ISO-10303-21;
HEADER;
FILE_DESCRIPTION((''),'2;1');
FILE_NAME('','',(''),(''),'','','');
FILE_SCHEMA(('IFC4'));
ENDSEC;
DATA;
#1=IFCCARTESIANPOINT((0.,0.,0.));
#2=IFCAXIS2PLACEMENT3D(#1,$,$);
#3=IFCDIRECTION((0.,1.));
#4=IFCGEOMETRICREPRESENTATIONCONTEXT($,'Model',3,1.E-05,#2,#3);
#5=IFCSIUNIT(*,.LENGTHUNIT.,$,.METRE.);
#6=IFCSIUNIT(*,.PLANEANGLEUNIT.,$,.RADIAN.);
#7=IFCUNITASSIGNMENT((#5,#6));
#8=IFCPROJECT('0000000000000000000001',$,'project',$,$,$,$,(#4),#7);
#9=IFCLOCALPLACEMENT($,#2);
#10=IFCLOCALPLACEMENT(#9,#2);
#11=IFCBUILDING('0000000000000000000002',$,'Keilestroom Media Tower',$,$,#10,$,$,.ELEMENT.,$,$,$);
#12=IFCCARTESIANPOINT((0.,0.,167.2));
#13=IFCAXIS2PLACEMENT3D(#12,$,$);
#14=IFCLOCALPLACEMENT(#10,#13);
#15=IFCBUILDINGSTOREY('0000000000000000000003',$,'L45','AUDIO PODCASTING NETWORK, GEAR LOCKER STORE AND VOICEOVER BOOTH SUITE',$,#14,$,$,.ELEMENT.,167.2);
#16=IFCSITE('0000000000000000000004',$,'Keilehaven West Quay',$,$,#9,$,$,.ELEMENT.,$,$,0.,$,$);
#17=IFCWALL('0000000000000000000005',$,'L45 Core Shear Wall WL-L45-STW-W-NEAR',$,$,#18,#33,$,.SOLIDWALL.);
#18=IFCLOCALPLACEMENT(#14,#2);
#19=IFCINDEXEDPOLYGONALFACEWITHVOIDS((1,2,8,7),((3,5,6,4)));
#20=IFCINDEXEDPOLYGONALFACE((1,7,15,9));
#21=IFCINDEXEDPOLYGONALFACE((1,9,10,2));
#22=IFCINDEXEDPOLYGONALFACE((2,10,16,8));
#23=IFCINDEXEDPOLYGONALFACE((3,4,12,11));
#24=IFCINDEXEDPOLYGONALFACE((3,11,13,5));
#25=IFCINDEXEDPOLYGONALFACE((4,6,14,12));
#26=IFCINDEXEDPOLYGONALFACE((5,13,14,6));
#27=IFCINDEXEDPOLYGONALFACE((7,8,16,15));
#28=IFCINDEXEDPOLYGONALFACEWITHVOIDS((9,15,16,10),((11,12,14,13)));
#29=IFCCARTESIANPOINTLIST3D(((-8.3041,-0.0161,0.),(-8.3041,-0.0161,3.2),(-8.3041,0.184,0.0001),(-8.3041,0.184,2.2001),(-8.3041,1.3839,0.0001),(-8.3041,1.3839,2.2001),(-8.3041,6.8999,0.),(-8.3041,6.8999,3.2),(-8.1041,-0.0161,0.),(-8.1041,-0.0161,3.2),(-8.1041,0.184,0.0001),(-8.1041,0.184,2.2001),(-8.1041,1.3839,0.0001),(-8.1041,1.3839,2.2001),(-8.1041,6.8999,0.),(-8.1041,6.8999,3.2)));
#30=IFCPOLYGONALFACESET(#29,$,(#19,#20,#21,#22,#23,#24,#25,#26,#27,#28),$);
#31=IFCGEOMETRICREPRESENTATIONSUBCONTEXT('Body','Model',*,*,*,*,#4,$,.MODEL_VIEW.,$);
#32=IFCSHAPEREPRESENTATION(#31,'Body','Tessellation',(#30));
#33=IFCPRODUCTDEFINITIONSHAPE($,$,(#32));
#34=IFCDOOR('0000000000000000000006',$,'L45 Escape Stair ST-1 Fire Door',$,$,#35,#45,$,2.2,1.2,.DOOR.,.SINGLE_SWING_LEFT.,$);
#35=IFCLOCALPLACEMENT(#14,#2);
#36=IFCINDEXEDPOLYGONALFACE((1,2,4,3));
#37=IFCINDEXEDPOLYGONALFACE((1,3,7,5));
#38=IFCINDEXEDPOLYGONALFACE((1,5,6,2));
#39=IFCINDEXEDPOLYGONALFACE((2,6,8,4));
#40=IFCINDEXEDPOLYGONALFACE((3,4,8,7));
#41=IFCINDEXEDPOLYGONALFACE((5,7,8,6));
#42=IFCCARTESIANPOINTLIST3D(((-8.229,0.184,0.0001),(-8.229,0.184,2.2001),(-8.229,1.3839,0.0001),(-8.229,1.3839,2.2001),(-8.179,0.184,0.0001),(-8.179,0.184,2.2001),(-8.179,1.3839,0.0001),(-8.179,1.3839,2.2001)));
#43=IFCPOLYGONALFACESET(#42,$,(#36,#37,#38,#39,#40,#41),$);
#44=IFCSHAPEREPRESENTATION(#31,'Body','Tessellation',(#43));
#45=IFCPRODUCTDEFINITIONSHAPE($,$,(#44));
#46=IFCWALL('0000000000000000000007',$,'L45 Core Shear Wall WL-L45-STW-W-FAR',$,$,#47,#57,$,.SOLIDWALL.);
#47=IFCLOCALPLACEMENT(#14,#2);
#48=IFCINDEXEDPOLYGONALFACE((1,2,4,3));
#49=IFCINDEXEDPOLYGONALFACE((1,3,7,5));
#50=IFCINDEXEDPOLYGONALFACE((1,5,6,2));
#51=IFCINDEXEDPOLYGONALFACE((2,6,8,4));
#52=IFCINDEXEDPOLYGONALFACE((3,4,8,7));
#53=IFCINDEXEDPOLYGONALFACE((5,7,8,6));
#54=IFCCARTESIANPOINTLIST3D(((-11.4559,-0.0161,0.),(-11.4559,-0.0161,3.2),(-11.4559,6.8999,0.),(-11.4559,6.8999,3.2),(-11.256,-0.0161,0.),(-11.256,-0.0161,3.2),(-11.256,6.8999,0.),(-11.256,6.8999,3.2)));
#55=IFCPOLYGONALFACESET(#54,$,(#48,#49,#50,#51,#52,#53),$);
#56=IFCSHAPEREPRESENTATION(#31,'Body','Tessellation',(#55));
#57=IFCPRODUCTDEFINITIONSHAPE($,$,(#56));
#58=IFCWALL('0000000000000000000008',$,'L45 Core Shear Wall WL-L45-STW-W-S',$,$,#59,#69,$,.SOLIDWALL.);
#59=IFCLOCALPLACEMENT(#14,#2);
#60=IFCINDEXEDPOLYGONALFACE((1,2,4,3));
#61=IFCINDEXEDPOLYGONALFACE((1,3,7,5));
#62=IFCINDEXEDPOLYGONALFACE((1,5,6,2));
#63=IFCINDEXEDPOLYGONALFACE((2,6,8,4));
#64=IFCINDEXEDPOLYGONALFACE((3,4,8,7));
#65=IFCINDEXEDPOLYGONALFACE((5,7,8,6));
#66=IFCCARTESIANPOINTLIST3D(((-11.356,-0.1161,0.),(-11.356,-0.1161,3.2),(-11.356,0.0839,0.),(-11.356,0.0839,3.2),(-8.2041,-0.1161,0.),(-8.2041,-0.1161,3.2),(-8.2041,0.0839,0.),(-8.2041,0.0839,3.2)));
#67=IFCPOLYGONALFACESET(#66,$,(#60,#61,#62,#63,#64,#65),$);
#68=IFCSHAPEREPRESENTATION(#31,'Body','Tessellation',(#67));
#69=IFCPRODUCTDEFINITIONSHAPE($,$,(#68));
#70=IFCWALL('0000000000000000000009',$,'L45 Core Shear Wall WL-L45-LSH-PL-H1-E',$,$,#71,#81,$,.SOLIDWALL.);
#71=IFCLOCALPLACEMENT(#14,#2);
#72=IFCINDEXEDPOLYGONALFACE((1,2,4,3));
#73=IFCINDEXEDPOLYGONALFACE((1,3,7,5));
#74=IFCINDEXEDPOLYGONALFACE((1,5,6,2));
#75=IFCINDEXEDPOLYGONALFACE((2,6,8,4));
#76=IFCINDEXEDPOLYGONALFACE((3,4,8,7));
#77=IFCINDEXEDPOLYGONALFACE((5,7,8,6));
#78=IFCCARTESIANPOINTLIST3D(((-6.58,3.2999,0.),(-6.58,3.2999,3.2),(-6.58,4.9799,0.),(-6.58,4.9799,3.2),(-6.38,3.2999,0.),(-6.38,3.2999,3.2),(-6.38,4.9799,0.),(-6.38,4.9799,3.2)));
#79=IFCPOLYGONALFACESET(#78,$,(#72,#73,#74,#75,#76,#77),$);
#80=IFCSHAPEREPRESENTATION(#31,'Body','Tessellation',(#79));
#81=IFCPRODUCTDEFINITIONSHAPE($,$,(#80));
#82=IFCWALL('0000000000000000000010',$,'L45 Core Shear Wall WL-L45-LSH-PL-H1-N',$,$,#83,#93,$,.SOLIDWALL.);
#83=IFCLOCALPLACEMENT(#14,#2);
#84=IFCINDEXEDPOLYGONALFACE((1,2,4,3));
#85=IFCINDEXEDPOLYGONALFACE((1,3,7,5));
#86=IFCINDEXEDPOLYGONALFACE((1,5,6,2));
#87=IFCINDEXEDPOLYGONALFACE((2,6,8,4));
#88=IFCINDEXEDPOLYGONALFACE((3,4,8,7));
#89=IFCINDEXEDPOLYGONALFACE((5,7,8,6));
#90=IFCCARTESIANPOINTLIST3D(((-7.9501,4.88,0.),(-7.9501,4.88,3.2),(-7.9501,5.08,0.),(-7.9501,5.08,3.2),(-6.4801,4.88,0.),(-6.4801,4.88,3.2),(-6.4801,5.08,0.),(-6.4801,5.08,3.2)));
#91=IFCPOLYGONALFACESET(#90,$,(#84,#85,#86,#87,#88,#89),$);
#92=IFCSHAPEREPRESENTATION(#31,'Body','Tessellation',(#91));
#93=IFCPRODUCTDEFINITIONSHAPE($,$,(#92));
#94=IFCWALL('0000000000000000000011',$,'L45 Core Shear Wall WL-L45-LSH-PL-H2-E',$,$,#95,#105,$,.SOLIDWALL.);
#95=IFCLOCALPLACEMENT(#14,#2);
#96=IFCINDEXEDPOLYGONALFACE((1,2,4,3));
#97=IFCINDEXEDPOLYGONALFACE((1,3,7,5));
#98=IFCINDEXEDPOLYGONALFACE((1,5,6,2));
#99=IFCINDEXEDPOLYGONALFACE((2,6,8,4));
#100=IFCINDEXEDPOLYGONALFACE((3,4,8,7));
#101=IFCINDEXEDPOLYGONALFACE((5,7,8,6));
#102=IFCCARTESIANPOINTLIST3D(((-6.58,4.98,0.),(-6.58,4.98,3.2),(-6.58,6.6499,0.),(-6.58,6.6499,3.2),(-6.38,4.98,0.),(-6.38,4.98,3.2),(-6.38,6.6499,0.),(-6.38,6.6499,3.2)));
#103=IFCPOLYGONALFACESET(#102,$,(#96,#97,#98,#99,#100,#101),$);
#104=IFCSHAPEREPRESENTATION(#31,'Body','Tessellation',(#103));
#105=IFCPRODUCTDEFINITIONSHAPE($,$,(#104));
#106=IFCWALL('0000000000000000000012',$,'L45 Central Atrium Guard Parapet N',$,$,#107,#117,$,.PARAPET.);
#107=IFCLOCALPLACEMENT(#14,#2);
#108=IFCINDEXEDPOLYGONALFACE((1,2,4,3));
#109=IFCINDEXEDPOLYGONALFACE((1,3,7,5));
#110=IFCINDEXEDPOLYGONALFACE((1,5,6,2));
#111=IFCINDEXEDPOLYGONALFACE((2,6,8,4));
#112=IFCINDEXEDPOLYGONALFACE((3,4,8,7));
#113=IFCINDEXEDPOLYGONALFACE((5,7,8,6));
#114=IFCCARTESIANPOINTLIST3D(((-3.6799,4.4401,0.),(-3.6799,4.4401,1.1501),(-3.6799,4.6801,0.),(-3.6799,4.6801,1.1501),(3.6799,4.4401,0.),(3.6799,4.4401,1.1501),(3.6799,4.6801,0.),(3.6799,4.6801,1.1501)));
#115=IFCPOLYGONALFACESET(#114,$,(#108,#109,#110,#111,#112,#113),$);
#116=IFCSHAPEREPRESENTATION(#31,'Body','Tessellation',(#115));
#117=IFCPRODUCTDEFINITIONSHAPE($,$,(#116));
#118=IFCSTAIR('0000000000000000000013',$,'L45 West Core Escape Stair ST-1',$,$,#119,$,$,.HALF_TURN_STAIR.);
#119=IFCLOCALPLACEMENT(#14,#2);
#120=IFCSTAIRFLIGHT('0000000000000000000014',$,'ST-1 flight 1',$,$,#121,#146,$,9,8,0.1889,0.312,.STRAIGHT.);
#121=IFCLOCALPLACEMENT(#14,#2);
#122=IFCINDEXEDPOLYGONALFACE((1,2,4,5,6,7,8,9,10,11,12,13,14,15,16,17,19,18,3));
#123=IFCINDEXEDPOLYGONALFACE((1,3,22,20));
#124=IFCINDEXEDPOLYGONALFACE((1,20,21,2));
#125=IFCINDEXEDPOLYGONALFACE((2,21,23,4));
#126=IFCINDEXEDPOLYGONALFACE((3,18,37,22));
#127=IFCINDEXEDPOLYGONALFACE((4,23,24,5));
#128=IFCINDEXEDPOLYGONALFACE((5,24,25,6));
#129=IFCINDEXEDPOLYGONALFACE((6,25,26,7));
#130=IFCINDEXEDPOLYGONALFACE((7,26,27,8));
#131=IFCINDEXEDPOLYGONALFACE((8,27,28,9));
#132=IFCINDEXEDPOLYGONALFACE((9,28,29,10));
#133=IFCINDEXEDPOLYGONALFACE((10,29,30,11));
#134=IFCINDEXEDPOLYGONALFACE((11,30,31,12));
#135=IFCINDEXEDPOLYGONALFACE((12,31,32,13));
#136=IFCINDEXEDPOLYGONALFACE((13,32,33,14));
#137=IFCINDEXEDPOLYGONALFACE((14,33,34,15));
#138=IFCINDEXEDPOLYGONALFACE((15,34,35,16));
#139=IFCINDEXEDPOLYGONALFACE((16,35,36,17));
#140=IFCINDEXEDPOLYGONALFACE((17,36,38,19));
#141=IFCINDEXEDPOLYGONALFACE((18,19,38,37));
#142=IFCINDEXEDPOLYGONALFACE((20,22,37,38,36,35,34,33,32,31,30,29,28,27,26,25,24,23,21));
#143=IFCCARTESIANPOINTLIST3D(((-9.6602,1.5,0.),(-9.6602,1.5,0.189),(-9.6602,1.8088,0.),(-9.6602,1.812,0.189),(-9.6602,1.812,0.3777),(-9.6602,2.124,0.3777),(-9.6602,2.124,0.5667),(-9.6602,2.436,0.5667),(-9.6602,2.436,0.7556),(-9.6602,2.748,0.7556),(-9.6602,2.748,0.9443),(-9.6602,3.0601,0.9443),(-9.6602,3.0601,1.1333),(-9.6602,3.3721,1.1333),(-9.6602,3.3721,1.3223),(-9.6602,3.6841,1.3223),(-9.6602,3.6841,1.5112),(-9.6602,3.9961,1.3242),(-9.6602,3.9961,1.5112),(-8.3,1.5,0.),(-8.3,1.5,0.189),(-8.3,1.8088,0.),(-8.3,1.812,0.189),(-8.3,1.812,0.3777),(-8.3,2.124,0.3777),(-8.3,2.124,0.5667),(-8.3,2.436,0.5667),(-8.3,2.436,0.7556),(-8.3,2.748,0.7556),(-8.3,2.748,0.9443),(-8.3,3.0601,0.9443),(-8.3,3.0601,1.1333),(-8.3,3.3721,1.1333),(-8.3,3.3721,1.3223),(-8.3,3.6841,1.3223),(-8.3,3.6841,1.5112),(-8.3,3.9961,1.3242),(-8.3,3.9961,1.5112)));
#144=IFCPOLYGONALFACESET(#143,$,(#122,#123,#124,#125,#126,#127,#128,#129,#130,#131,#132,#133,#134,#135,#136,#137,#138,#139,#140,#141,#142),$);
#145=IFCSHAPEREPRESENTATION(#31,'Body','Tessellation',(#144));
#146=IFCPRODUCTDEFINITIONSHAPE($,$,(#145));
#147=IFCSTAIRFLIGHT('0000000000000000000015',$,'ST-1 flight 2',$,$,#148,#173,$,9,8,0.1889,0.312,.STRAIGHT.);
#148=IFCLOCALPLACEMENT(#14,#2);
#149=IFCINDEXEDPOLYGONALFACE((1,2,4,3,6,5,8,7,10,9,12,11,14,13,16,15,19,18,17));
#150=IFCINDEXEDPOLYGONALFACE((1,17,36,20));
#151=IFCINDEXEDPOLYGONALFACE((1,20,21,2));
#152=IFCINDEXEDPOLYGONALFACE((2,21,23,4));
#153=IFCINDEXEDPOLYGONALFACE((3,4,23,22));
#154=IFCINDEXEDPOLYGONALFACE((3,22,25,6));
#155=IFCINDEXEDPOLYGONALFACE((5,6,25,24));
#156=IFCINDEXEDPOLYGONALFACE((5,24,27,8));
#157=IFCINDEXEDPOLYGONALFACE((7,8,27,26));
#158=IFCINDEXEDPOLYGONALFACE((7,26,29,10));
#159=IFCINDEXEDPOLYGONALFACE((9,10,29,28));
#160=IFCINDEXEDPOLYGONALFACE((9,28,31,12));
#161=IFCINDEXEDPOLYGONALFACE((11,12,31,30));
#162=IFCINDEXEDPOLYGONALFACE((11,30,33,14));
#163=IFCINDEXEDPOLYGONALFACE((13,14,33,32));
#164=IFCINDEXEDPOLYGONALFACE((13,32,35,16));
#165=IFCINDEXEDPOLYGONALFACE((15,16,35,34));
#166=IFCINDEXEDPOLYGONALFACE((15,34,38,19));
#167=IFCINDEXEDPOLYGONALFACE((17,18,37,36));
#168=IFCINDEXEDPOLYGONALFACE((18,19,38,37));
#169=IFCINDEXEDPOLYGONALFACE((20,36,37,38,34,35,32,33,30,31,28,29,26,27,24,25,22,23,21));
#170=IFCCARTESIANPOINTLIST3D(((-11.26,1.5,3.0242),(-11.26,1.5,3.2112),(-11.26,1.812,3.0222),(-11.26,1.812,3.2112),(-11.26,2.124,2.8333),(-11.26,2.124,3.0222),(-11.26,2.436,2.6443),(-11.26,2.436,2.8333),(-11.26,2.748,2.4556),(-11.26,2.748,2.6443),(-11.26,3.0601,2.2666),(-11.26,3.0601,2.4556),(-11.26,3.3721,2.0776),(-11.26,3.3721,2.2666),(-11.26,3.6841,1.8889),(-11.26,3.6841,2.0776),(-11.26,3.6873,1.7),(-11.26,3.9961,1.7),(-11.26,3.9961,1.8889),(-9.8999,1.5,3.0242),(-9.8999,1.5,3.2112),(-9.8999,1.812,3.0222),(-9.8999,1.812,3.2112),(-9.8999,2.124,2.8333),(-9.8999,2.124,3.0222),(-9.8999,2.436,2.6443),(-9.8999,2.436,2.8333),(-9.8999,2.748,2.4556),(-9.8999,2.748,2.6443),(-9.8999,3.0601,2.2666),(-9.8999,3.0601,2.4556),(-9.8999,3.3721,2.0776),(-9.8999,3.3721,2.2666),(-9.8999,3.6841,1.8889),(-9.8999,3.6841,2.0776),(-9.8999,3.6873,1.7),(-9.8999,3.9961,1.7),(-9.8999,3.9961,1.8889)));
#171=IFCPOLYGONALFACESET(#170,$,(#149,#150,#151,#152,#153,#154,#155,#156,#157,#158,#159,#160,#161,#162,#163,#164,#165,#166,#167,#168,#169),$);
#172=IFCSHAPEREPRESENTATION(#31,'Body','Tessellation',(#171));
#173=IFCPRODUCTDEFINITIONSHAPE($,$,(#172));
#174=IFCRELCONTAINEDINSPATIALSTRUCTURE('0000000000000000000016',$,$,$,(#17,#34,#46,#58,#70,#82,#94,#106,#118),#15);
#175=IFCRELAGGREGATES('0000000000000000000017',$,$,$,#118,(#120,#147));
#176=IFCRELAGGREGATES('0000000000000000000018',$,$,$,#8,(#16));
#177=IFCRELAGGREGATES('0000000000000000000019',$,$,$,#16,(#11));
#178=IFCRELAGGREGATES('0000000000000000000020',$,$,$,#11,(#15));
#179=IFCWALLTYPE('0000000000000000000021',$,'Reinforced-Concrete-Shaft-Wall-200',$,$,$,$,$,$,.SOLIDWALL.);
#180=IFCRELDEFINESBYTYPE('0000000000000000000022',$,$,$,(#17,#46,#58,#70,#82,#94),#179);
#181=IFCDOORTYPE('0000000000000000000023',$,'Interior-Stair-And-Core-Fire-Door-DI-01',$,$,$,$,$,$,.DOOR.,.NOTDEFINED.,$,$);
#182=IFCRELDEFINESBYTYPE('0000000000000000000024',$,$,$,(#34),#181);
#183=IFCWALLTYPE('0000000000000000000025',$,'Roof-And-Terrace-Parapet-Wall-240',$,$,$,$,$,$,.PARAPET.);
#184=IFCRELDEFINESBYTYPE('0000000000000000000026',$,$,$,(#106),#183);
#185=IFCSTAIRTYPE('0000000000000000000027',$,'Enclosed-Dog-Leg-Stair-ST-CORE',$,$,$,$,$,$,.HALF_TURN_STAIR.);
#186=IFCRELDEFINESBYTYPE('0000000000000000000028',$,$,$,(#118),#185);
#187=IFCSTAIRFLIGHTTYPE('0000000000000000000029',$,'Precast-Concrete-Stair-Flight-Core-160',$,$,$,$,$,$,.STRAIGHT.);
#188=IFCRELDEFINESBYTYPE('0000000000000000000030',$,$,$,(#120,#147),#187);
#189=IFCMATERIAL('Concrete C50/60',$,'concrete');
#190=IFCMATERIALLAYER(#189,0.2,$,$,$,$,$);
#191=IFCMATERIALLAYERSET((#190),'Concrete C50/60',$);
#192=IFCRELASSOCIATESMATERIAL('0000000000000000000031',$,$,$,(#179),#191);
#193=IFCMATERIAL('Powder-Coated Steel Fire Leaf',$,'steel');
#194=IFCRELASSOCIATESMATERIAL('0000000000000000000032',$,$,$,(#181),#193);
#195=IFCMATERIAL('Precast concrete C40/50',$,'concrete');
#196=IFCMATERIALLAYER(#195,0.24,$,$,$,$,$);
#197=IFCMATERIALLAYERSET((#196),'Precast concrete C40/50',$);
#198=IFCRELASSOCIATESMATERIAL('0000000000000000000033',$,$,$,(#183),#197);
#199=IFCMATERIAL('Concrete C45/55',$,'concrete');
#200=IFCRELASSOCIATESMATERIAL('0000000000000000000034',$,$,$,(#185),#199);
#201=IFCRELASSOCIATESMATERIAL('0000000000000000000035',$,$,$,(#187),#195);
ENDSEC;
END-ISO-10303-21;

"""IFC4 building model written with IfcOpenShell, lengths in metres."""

from ifc_helpers import new_model, si_unit, direction, frame, frame_2d, origin, place, context, subcontext, project, spatial, polyline, rectangle, outline, extrude, source, transform, mapped, material, layer, layer_set, type_object, element, fill, aggregate, save


model = new_model("IFC4")

# Units and contexts
model_context = context("Model", 3, precision=1e-05, world=origin(), true_north=direction((0.0, 1.0)))
body_context = subcontext(model_context, "Body", "Model", "MODEL_VIEW")
ifc_project = project(units=[si_unit("LENGTHUNIT", "METRE"), si_unit("PLANEANGLEUNIT", "RADIAN")], contexts=[model_context])

# Site, building, storey
site_placement = place(None, origin())
site = spatial("IfcSite", under=ifc_project, at=site_placement, Name="Keilehaven West Quay", CompositionType="ELEMENT", RefElevation=0.0)
building_placement = place(site_placement, origin())
building = spatial("IfcBuilding", under=site, at=building_placement, Name="Keilestroom Media Tower", CompositionType="ELEMENT")
storey_placement = place(building_placement, frame((0.0, 0.0, 167.2)))
storey = spatial("IfcBuildingStorey", under=building, at=storey_placement, Name="L45", Description="AUDIO PODCASTING NETWORK, GEAR LOCKER STORE AND VOICEOVER BOOTH SUITE", CompositionType="ELEMENT", Elevation=167.2)

# Shared definitions
ifc_material_1 = material(Name="Concrete C50/60", Category="concrete")

# Shared definitions
ifc_layer_1 = layer(ifc_material_1, 0.2)
ifc_layer_set_1 = layer_set([ifc_layer_1], Name="Concrete C50/60")
wall_type_1 = type_object("IfcWallType", Name="Reinforced-Concrete-Shaft-Wall-200", PredefinedType="SOLIDWALL", material=ifc_layer_set_1)

# Wall, opening, door
wall_1_placement = place(storey_placement, frame((-8.2041, -0.0161, 0.0), z_axis=(0.0, 0.0, 1.0), x_axis=(0.0, 1.0, 0.0)))
wall_1 = element("IfcWall", 1, at=wall_1_placement, inside=storey, type_object=wall_type_1, Name="L45 Core Shear Wall WL-L45-STW-W-NEAR", PredefinedType="SOLIDWALL", context=body_context, shape_type="SweptSolid", body=[
    extrude(rectangle(XDim=6.916, YDim=0.2, at=frame_2d((3.458, 0.0))), origin(), (0.0, 0.0, 1.0), 3.2),
])
opening_placement = place(wall_1_placement, frame((0.2, 0.0, 0.0)))
opening = element("IfcOpeningElement", 2, at=opening_placement, cuts=wall_1, PredefinedType="OPENING", context=body_context, shape_type="SweptSolid", body=[
    extrude(rectangle(XDim=1.2, YDim=2.2, at=frame_2d((0.6001, 1.1001))), frame((0.0, 0.1099, 0.0), z_axis=(0.0, -1.0, 0.0), x_axis=(1.0, 0.0, 0.0)), (0.0, 0.0, 1.0), 0.22),
])
ifc_material_2 = material(Name="Powder-Coated Steel Fire Leaf", Category="steel")
door_type = type_object("IfcDoorType", Name="Interior-Stair-And-Core-Fire-Door-DI-01", OperationType="NOTDEFINED", PredefinedType="DOOR", material=ifc_material_2)
shared_shape = source(origin(), body_context, "Body", "SweptSolid", [
    extrude(rectangle(XDim=1.2, YDim=2.2, at=frame_2d((0.6001, 1.1001))), frame((0.0, 0.0249, 0.0), z_axis=(0.0, -1.0, 0.0), x_axis=(1.0, 0.0, 0.0)), (0.0, 0.0, 1.0), 0.05),
])
door_placement = place(opening_placement, origin())
door = element("IfcDoor", 3, at=door_placement, inside=storey, type_object=door_type, Name="L45 Escape Stair ST-1 Fire Door", OperationType="SINGLE_SWING_LEFT", OverallHeight=2.2, OverallWidth=1.2, PredefinedType="DOOR", context=body_context, shape_type="MappedRepresentation", body=[
    mapped(shared_shape, transform((0.0, 0.0, 0.0), x_axis=(1.0, 0.0, 0.0), y_axis=(0.0, 1.0, 0.0), z_axis=(0.0, 0.0, 1.0), scale=1.0)),
])
fill(opening, door)

# Walls
wall_2_placement = place(storey_placement, frame((-11.356, -0.0161, 0.0), z_axis=(0.0, 0.0, 1.0), x_axis=(0.0, 1.0, 0.0)))
element("IfcWall", 4, at=wall_2_placement, inside=storey, type_object=wall_type_1, Name="L45 Core Shear Wall WL-L45-STW-W-FAR", PredefinedType="SOLIDWALL", context=body_context, shape_type="SweptSolid", body=[
    extrude(rectangle(XDim=6.916, YDim=0.2, at=frame_2d((3.458, 0.0))), origin(), (0.0, 0.0, 1.0), 3.2),
])
wall_3_placement = place(storey_placement, frame((-11.356, -0.0161, 0.0), z_axis=(0.0, 0.0, 1.0), x_axis=(1.0, 0.0, 0.0)))
element("IfcWall", 5, at=wall_3_placement, inside=storey, type_object=wall_type_1, Name="L45 Core Shear Wall WL-L45-STW-W-S", PredefinedType="SOLIDWALL", context=body_context, shape_type="SweptSolid", body=[
    extrude(rectangle(XDim=3.1519, YDim=0.2, at=frame_2d((1.5759, 0.0))), origin(), (0.0, 0.0, 1.0), 3.2),
])
wall_4_placement = place(storey_placement, frame((-6.48, 3.3, 0.0), z_axis=(0.0, 0.0, 1.0), x_axis=(0.0, 1.0, 0.0)))
element("IfcWall", 6, at=wall_4_placement, inside=storey, type_object=wall_type_1, Name="L45 Core Shear Wall WL-L45-LSH-PL-H1-E", PredefinedType="SOLIDWALL", context=body_context, shape_type="SweptSolid", body=[
    extrude(rectangle(XDim=1.6799, YDim=0.2, at=frame_2d((0.8398, 0.0))), origin(), (0.0, 0.0, 1.0), 3.2),
])
wall_5_placement = place(storey_placement, frame((-7.95, 4.98, 0.0), z_axis=(0.0, 0.0, 1.0), x_axis=(1.0, 0.0, 0.0)))
element("IfcWall", 7, at=wall_5_placement, inside=storey, type_object=wall_type_1, Name="L45 Core Shear Wall WL-L45-LSH-PL-H1-N", PredefinedType="SOLIDWALL", context=body_context, shape_type="SweptSolid", body=[
    extrude(rectangle(XDim=1.47, YDim=0.2, at=frame_2d((0.7349, 0.0))), origin(), (0.0, 0.0, 1.0), 3.2),
])
wall_6_placement = place(storey_placement, frame((-6.48, 4.98, 0.0), z_axis=(0.0, 0.0, 1.0), x_axis=(0.0, 1.0, 0.0)))
element("IfcWall", 8, at=wall_6_placement, inside=storey, type_object=wall_type_1, Name="L45 Core Shear Wall WL-L45-LSH-PL-H2-E", PredefinedType="SOLIDWALL", context=body_context, shape_type="SweptSolid", body=[
    extrude(rectangle(XDim=1.6699, YDim=0.2, at=frame_2d((0.835, 0.0))), origin(), (0.0, 0.0, 1.0), 3.2),
])
ifc_material_3 = material(Name="Precast concrete C40/50", Category="concrete")
ifc_layer_2 = layer(ifc_material_3, 0.24)
ifc_layer_set_2 = layer_set([ifc_layer_2], Name="Precast concrete C40/50")
wall_type_2 = type_object("IfcWallType", Name="Roof-And-Terrace-Parapet-Wall-240", PredefinedType="PARAPET", material=ifc_layer_set_2)
wall_7_placement = place(storey_placement, frame((-3.6799, 4.5601, 0.0), z_axis=(0.0, 0.0, 1.0), x_axis=(1.0, 0.0, 0.0)))
element("IfcWall", 9, at=wall_7_placement, inside=storey, type_object=wall_type_2, Name="L45 Central Atrium Guard Parapet N", PredefinedType="PARAPET", context=body_context, shape_type="SweptSolid", body=[
    extrude(rectangle(XDim=7.3599, YDim=0.24, at=frame_2d((3.6799, 0.0))), origin(), (0.0, 0.0, 1.0), 1.1501),
])

# Stair, stair flights
ifc_material_4 = material(Name="Concrete C45/55", Category="concrete")
stair_type = type_object("IfcStairType", Name="Enclosed-Dog-Leg-Stair-ST-CORE", PredefinedType="HALF_TURN_STAIR", material=ifc_material_4)
stair_placement = place(storey_placement, origin())
stair = element("IfcStair", 10, at=stair_placement, inside=storey, type_object=stair_type, Name="L45 West Core Escape Stair ST-1", PredefinedType="HALF_TURN_STAIR")
stair_flight_type = type_object("IfcStairFlightType", Name="Precast-Concrete-Stair-Flight-Core-160", PredefinedType="STRAIGHT", material=ifc_material_3)
stair_flight_1_placement = place(storey_placement, frame((-8.98, 1.5, 0.0), z_axis=(0.0, 0.0, 1.0), x_axis=(0.0, 1.0, 0.0)))
stair_flight_1 = element("IfcStairFlight", 11, at=stair_flight_1_placement, type_object=stair_flight_type, Name="ST-1 flight 1", NumberOfRisers=9, NumberOfTreads=8, PredefinedType="STRAIGHT", RiserHeight=0.1889, TreadLength=0.312, context=body_context, shape_type="SweptSolid", body=[
    extrude(outline(polyline([(0.0, 0.0), (0.0, 0.189), (0.312, 0.189), (0.312, 0.3777), (0.624, 0.3777), (0.624, 0.5667), (0.936, 0.5667), (0.936, 0.7556), (1.248, 0.7556), (1.248, 0.9443), (1.5601, 0.9443), (1.5601, 1.1333), (1.8721, 1.1333), (1.8721, 1.3223), (2.1841, 1.3223), (2.1841, 1.5112), (2.4961, 1.5112), (2.4961, 1.7), (2.4961, 1.3242), (0.3088, 0.0), (0.0, 0.0)])), frame((0.0, 0.6802, 0.0), z_axis=(0.0, -1.0, 0.0), x_axis=(1.0, 0.0, 0.0)), (0.0, 0.0, 1.0), 1.3601),
])
stair_flight_2_placement = place(storey_placement, frame((-10.5801, 3.9961, 1.7), z_axis=(0.0, 0.0, 1.0), x_axis=(0.0, -1.0, 0.0)))
stair_flight_2 = element("IfcStairFlight", 12, at=stair_flight_2_placement, type_object=stair_flight_type, Name="ST-1 flight 2", NumberOfRisers=9, NumberOfTreads=8, PredefinedType="STRAIGHT", RiserHeight=0.1889, TreadLength=0.312, context=body_context, shape_type="SweptSolid", body=[
    extrude(outline(polyline([(0.0, 0.0), (0.0, 0.189), (0.312, 0.189), (0.312, 0.3777), (0.624, 0.3777), (0.624, 0.5667), (0.936, 0.5667), (0.936, 0.7556), (1.248, 0.7556), (1.248, 0.9443), (1.5601, 0.9443), (1.5601, 1.1333), (1.8721, 1.1333), (1.8721, 1.3223), (2.1841, 1.3223), (2.1841, 1.5112), (2.4961, 1.5112), (2.4961, 1.7), (2.4961, 1.3242), (0.3088, 0.0), (0.0, 0.0)])), frame((0.0, 0.6802, 0.0), z_axis=(0.0, -1.0, 0.0), x_axis=(1.0, 0.0, 0.0)), (0.0, 0.0, 1.0), 1.3601),
])
aggregate(stair, [stair_flight_1, stair_flight_2])

save(model, "model.ifc")
